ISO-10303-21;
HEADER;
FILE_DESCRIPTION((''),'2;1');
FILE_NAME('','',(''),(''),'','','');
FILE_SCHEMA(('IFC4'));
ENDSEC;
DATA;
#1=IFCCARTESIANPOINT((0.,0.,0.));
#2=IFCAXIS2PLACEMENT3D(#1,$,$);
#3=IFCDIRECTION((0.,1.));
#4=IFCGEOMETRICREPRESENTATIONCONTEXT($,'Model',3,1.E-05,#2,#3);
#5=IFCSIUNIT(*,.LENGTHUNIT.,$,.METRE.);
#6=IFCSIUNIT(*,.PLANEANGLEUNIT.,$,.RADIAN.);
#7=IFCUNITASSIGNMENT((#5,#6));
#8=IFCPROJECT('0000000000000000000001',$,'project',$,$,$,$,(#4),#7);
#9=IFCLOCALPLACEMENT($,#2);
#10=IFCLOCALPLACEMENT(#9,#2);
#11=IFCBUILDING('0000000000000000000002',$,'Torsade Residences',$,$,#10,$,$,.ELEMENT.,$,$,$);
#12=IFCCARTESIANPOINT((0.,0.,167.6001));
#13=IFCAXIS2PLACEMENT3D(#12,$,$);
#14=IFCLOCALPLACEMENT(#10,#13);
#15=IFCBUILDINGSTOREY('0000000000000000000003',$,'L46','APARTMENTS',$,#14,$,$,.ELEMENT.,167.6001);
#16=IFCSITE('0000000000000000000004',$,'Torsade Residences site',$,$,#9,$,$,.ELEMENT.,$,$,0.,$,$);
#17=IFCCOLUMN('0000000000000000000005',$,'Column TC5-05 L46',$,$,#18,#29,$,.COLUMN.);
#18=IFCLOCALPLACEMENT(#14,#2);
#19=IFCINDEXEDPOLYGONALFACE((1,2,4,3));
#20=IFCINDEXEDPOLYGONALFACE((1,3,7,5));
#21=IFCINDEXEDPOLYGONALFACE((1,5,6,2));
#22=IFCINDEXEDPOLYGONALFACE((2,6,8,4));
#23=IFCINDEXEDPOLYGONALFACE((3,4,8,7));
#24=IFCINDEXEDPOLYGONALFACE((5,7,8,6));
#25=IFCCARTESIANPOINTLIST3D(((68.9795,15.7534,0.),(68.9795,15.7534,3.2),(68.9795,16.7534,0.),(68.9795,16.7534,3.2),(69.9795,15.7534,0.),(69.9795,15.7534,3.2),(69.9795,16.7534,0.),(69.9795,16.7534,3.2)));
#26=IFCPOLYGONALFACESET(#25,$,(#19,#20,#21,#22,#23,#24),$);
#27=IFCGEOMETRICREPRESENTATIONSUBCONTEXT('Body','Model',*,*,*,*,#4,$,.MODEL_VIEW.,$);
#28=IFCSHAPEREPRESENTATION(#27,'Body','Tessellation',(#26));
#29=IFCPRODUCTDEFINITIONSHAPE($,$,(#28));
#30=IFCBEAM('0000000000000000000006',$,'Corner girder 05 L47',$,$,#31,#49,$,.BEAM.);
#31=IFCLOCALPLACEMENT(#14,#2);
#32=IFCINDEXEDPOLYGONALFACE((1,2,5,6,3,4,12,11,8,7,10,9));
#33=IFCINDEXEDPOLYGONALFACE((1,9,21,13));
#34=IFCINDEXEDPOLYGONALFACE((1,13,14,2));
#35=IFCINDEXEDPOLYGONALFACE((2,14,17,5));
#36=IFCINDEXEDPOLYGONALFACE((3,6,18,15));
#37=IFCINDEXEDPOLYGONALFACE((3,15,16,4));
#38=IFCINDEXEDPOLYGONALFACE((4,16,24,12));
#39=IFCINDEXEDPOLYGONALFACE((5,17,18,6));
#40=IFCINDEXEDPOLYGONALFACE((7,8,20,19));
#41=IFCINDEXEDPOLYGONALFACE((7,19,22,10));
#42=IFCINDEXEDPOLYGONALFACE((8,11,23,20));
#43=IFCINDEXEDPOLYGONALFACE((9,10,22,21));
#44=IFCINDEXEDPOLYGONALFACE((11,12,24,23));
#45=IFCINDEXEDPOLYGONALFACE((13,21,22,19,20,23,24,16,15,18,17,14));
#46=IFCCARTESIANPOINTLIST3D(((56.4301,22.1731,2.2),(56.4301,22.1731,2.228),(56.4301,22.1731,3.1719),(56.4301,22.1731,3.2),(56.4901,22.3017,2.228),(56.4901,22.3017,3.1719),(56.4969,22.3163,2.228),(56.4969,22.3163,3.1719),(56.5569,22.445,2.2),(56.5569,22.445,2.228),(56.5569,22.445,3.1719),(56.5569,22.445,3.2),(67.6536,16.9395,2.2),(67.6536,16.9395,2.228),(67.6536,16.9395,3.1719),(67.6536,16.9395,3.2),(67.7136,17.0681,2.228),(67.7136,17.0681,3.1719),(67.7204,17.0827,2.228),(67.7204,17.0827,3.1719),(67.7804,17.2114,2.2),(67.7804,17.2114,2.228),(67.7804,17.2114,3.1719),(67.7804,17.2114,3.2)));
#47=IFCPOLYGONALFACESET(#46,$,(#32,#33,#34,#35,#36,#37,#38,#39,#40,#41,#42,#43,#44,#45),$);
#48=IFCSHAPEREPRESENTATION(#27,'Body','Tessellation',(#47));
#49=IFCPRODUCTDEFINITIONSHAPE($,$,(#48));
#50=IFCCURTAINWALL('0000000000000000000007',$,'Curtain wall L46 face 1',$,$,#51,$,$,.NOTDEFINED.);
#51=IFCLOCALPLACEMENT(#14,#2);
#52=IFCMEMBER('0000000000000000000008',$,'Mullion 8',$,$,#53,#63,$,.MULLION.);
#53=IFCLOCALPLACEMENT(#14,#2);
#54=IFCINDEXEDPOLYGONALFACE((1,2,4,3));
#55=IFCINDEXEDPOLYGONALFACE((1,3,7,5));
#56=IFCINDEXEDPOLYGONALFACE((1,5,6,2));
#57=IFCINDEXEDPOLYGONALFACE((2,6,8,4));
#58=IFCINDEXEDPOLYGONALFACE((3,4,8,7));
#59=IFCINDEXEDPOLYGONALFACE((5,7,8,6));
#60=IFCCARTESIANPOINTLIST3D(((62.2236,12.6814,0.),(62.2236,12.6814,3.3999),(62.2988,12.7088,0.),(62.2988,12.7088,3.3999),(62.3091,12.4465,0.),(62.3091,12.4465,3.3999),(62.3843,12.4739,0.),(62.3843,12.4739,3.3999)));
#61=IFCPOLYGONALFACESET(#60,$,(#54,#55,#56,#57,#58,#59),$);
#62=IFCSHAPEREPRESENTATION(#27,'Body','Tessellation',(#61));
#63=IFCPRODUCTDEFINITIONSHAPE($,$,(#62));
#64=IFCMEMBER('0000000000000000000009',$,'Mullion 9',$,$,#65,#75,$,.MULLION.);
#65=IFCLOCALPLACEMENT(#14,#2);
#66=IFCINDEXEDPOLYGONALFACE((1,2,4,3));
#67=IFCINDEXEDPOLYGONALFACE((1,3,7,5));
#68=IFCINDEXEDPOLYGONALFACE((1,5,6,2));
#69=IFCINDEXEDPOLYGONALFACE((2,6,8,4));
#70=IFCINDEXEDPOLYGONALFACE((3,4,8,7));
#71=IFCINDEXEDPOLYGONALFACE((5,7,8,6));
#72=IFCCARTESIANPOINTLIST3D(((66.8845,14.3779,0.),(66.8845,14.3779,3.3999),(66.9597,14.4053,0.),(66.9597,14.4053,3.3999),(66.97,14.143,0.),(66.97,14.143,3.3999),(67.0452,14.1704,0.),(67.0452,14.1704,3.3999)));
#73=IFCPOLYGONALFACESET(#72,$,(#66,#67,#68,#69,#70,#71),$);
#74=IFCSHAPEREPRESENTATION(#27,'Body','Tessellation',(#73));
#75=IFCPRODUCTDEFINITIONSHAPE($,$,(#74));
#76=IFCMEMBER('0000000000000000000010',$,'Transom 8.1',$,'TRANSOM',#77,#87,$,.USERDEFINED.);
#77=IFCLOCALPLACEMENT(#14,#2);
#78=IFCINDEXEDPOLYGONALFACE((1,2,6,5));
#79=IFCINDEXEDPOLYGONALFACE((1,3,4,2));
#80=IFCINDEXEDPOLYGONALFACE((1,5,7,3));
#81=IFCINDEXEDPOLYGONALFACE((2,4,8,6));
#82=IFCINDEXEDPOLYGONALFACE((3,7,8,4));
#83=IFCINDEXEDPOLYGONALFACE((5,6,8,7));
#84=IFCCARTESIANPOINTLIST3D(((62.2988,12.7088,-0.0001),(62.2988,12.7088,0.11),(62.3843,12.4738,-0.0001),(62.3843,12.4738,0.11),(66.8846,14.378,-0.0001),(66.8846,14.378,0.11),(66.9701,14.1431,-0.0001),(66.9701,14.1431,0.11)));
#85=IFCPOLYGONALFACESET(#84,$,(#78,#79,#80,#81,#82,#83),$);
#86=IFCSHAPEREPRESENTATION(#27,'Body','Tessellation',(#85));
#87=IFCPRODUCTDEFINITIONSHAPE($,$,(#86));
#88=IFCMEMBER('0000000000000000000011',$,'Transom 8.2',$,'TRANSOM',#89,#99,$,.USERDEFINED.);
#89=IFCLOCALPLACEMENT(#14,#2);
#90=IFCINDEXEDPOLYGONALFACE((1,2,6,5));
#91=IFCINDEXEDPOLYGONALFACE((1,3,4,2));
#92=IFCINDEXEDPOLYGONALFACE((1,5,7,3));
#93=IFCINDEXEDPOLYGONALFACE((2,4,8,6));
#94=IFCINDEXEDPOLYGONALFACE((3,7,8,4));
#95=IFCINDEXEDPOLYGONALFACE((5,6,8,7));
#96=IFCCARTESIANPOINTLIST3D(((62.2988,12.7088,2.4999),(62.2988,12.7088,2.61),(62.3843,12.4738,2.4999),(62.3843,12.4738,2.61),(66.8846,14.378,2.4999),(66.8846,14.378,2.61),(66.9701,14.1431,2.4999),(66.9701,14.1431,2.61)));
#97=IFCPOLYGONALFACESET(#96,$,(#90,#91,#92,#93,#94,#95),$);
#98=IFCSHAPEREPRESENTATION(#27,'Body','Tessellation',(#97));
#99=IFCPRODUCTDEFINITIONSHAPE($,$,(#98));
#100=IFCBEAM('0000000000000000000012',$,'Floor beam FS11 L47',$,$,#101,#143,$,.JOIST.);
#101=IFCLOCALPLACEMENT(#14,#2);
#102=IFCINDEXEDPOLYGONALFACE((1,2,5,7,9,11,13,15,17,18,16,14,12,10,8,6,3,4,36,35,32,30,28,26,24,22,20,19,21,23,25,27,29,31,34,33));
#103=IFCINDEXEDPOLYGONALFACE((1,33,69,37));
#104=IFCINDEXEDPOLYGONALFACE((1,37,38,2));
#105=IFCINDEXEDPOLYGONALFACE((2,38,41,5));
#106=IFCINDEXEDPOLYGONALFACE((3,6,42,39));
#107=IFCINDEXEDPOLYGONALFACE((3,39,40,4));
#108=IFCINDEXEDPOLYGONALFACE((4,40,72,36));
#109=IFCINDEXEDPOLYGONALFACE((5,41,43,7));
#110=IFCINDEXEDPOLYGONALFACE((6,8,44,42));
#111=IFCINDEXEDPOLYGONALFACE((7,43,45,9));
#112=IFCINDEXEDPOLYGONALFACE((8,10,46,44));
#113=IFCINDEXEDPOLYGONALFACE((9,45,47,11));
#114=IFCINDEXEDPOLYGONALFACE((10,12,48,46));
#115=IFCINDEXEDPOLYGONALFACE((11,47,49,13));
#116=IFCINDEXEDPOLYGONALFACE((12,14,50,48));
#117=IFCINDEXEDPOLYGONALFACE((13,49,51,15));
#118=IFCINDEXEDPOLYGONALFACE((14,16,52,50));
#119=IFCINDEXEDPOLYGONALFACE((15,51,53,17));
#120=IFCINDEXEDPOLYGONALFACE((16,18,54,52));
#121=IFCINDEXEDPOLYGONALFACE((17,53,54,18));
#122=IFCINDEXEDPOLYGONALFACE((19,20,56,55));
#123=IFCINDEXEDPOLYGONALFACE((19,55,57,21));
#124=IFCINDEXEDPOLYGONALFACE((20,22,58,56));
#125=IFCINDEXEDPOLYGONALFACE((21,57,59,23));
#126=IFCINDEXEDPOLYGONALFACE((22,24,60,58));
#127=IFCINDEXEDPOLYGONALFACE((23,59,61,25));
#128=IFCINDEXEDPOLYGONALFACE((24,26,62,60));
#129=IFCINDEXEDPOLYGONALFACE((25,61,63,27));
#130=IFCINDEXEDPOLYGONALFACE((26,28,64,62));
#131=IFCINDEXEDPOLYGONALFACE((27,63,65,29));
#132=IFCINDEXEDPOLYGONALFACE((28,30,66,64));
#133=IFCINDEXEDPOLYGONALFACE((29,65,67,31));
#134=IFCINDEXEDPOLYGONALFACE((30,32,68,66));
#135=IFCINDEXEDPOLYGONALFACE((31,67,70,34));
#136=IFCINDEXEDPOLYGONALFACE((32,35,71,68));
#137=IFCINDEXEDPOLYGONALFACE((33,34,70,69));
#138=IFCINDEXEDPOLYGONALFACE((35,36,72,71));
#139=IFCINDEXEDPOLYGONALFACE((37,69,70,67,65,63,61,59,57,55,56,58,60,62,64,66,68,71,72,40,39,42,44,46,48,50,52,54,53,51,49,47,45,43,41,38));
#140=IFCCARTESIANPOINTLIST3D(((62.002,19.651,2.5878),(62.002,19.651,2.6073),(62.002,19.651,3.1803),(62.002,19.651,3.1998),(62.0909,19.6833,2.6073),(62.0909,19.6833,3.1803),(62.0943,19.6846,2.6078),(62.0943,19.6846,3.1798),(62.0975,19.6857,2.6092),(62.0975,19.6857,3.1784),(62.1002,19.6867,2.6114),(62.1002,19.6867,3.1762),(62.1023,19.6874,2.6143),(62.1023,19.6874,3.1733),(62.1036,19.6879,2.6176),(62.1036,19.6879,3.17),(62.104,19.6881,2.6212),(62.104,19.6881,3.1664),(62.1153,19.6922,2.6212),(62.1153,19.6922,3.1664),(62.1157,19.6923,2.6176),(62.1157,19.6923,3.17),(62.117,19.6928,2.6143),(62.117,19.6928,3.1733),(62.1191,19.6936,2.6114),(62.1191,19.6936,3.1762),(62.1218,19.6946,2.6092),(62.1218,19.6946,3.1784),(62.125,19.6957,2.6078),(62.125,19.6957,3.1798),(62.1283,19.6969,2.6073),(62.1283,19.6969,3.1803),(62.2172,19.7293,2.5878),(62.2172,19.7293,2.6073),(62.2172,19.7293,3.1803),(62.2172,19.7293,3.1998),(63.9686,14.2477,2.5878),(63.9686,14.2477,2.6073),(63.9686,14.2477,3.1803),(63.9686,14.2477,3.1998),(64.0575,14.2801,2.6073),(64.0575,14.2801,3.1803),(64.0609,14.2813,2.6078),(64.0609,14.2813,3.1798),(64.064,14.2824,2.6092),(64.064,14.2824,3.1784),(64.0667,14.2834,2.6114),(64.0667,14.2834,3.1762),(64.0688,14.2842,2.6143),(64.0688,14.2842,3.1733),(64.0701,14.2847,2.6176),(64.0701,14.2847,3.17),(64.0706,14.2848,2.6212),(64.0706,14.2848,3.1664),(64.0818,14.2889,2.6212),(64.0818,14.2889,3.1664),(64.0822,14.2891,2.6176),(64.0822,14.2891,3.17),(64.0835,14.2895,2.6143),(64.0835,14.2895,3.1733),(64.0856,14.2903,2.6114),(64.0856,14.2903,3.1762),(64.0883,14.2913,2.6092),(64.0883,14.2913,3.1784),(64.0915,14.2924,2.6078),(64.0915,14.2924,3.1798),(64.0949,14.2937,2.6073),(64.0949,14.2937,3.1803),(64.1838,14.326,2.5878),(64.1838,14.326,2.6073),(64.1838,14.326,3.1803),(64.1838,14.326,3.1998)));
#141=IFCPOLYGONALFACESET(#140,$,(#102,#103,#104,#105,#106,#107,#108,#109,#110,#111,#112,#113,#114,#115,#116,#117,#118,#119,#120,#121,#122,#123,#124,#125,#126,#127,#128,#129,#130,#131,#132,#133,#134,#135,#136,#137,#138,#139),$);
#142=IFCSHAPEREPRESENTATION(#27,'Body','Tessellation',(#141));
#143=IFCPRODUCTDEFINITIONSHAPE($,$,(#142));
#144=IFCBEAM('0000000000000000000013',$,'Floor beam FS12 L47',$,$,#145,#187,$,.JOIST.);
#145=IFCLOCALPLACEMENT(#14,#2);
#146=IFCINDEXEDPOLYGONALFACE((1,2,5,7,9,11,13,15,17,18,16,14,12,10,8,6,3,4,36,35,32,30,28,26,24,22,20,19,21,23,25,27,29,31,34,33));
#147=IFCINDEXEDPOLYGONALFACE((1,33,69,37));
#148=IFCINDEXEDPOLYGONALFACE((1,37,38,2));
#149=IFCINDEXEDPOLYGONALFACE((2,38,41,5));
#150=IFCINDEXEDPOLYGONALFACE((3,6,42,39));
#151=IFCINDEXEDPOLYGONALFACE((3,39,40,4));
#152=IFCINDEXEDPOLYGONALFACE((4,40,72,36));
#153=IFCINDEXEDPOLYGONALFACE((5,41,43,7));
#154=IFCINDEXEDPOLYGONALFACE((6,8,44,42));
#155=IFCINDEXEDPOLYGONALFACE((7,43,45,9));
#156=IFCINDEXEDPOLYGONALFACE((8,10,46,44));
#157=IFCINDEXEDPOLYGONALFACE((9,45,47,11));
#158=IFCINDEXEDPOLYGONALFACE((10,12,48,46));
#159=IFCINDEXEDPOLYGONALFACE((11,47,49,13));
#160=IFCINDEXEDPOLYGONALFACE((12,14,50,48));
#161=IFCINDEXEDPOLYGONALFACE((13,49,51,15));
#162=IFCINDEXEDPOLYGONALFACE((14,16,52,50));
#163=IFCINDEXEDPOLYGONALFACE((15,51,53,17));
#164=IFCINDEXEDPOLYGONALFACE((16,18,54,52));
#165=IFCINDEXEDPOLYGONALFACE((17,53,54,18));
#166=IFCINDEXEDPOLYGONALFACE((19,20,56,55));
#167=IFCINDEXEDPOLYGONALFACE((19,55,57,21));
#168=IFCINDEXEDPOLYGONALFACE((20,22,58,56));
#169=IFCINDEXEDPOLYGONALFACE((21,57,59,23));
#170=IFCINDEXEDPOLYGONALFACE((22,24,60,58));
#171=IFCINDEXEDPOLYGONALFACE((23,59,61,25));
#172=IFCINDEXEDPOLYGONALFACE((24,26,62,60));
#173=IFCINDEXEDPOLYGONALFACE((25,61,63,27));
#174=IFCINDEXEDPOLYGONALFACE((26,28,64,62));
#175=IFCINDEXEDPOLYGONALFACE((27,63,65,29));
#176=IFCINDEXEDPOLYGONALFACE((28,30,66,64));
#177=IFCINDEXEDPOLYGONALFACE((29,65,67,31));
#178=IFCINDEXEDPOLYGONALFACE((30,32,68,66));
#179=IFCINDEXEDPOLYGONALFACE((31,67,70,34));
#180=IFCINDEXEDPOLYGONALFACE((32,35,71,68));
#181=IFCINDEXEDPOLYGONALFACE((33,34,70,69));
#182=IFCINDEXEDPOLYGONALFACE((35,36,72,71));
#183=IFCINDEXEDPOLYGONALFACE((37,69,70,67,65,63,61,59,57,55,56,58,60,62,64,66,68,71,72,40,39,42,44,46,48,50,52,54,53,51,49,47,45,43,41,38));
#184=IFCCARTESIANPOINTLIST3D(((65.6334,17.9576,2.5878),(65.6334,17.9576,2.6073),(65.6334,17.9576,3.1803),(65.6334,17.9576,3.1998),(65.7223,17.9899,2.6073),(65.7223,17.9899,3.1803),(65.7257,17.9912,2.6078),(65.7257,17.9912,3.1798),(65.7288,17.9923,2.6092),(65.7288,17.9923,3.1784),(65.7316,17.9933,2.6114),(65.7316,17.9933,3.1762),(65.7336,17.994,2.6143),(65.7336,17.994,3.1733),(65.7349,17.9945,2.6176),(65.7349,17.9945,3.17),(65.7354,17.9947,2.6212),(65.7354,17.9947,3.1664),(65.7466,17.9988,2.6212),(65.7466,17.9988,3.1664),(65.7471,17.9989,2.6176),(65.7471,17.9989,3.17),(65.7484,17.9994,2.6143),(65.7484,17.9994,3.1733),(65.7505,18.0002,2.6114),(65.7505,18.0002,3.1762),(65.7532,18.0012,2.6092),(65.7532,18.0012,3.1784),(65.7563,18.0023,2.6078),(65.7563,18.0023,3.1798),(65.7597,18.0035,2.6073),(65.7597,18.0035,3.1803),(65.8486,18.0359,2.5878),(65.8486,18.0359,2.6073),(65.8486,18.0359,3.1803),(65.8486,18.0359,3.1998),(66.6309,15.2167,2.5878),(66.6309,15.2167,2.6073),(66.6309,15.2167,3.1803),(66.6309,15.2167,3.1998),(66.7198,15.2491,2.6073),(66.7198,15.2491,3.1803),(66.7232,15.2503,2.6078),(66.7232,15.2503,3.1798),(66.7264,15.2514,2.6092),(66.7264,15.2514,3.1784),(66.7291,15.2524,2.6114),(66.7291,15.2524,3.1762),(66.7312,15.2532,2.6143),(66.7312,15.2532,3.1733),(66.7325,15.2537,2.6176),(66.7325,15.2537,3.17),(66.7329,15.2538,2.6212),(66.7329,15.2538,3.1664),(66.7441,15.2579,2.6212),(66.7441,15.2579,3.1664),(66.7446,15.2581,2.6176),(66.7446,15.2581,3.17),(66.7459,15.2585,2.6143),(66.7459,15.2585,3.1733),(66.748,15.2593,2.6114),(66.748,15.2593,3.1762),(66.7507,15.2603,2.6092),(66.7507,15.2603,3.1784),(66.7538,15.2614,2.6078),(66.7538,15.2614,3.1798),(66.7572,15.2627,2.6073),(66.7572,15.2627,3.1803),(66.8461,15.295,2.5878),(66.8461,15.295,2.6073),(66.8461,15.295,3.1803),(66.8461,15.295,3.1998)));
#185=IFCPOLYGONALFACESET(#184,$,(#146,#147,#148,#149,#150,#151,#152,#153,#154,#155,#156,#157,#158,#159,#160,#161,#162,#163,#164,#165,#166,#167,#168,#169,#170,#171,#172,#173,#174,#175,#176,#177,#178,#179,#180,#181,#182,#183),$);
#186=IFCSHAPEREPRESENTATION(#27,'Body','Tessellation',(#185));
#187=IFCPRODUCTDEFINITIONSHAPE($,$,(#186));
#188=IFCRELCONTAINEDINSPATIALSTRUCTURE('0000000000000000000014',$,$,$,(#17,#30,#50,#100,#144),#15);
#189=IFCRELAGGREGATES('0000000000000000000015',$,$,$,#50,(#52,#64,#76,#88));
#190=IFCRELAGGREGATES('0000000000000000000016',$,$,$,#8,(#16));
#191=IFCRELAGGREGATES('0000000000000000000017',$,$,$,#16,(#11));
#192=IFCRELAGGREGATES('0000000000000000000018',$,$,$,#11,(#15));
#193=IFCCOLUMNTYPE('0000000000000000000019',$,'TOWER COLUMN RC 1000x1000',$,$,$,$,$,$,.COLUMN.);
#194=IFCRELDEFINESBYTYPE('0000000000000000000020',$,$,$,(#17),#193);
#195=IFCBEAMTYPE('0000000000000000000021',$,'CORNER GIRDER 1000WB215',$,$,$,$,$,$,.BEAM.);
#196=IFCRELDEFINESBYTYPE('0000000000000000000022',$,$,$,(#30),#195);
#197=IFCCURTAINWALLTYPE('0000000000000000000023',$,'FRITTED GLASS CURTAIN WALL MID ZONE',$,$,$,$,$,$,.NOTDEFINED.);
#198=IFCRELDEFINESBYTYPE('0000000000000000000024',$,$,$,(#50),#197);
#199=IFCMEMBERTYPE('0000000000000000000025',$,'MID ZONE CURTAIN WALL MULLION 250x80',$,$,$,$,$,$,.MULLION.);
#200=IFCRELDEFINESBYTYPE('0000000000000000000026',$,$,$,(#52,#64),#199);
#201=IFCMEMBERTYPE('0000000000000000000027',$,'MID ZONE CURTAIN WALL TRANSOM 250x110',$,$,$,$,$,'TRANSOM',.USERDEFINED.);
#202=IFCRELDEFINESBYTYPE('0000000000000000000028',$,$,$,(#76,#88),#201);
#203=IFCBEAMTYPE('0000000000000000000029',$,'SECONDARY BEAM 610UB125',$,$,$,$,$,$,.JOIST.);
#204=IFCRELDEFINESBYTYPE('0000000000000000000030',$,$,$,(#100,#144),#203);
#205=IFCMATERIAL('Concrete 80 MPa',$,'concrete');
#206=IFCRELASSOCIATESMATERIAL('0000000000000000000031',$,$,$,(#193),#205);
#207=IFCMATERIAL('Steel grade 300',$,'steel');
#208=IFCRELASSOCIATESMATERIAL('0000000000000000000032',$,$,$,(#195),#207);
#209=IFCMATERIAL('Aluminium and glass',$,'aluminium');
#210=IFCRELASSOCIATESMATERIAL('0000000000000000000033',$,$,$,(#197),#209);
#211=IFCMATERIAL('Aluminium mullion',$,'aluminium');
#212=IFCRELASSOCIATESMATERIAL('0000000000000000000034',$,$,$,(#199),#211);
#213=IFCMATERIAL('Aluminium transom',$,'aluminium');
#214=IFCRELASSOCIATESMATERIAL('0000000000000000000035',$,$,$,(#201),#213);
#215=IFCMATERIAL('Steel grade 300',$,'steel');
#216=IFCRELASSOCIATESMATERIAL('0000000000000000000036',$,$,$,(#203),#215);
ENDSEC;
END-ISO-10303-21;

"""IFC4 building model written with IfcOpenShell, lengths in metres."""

from ifc_helpers import new_model, si_unit, direction, frame, origin, origin_2d, place, context, subcontext, project, spatial, rectangle, i_section, extrude, material, material_profile, profile_set, type_object, element, aggregate, save


model = new_model("IFC4")

# Units and contexts
model_context = context("Model", 3, precision=1e-05, world=origin(), true_north=direction((0.0, 1.0)))
body_context = subcontext(model_context, "Body", "Model", "MODEL_VIEW")
ifc_project = project(units=[si_unit("LENGTHUNIT", "METRE"), si_unit("PLANEANGLEUNIT", "RADIAN")], contexts=[model_context])

# Site, building, storey
site_placement = place(None, origin())
site = spatial("IfcSite", under=ifc_project, at=site_placement, Name="Torsade Residences site", CompositionType="ELEMENT", RefElevation=0.0)
building_placement = place(site_placement, origin())
building = spatial("IfcBuilding", under=site, at=building_placement, Name="Torsade Residences", CompositionType="ELEMENT")
storey_placement = place(building_placement, frame((0.0, 0.0, 167.6001)))
storey = spatial("IfcBuildingStorey", under=building, at=storey_placement, Name="L46", Description="APARTMENTS", CompositionType="ELEMENT", Elevation=167.6001)

# Column
ifc_material_1 = material(Name="Concrete 80 MPa", Category="concrete")
ifc_material_profile_1 = material_profile(ifc_material_1, rectangle(XDim=1.0, YDim=1.0, at=origin_2d()), Name="RC 1000x1000")
ifc_profile_set_1 = profile_set([ifc_material_profile_1], Name="Concrete 80 MPa")
column_type = type_object("IfcColumnType", Name="TOWER COLUMN RC 1000x1000", PredefinedType="COLUMN", material=ifc_profile_set_1)
column_placement = place(storey_placement, frame((69.4795, 16.2534, 0.0), z_axis=(0.0, 0.0, 1.0), x_axis=(1.0, 0.0, 0.0)))
element("IfcColumn", 1, at=column_placement, inside=storey, type_object=column_type, Name="Column TC5-05 L46", PredefinedType="COLUMN", context=body_context, shape_type="SweptSolid", body=[
    extrude(rectangle(XDim=1.0, YDim=1.0, at=origin_2d()), origin(), (0.0, 0.0, 1.0), 3.2),
])

# Beam
ifc_material_2 = material(Name="Steel grade 300", Category="steel")
ifc_material_profile_2 = material_profile(ifc_material_2, i_section(OverallWidth=0.3, OverallDepth=1.0, WebThickness=0.0161, FlangeThickness=0.0281, at=origin_2d()), Name="1000WB215")
ifc_profile_set_2 = profile_set([ifc_material_profile_2], Name="Steel grade 300")
beam_type_1 = type_object("IfcBeamType", Name="CORNER GIRDER 1000WB215", PredefinedType="BEAM", material=ifc_profile_set_2)
beam_1_placement = place(storey_placement, frame((67.717, 17.0754, 2.7), z_axis=(-0.906309, 0.422617, 0.0), x_axis=(-0.422617, -0.906309, 0.0)))
element("IfcBeam", 2, at=beam_1_placement, inside=storey, type_object=beam_type_1, Name="Corner girder 05 L47", PredefinedType="BEAM", context=body_context, shape_type="SweptSolid", body=[
    extrude(i_section(OverallWidth=0.3, OverallDepth=1.0, WebThickness=0.0161, FlangeThickness=0.0281, at=origin_2d()), origin(), (0.0, 0.0, 1.0), 12.3838),
])

# Curtain wall, members
ifc_material_3 = material(Name="Aluminium and glass", Category="aluminium")
curtain_wall_type = type_object("IfcCurtainWallType", Name="FRITTED GLASS CURTAIN WALL MID ZONE", PredefinedType="NOTDEFINED", material=ifc_material_3)
curtain_wall_placement = place(storey_placement, origin())
curtain_wall = element("IfcCurtainWall", 3, at=curtain_wall_placement, inside=storey, type_object=curtain_wall_type, Name="Curtain wall L46 face 1", PredefinedType="NOTDEFINED")
ifc_material_4 = material(Name="Aluminium mullion", Category="aluminium")
ifc_material_profile_3 = material_profile(ifc_material_4, rectangle(XDim=0.25, YDim=0.0801, at=origin_2d()), Name="MID ZONE CURTAIN WALL MULLION 250x80")
ifc_profile_set_3 = profile_set([ifc_material_profile_3], Name="Aluminium mullion")
member_type_1 = type_object("IfcMemberType", Name="MID ZONE CURTAIN WALL MULLION 250x80", PredefinedType="MULLION", material=ifc_profile_set_3)
member_1_placement = place(storey_placement, frame((62.304, 12.5776, 0.0), z_axis=(0.0, 0.0, 1.0), x_axis=(-0.34202, 0.939693, 0.0)))
member_1 = element("IfcMember", 4, at=member_1_placement, type_object=member_type_1, Name="Mullion 8", PredefinedType="MULLION", context=body_context, shape_type="SweptSolid", body=[
    extrude(rectangle(XDim=0.25, YDim=0.0801, at=origin_2d()), origin(), (0.0, 0.0, 1.0), 3.3999),
])
member_2_placement = place(storey_placement, frame((66.9648, 14.2742, 0.0), z_axis=(0.0, 0.0, 1.0), x_axis=(-0.34202, 0.939693, 0.0)))
member_2 = element("IfcMember", 5, at=member_2_placement, type_object=member_type_1, Name="Mullion 9", PredefinedType="MULLION", context=body_context, shape_type="SweptSolid", body=[
    extrude(rectangle(XDim=0.25, YDim=0.0801, at=origin_2d()), origin(), (0.0, 0.0, 1.0), 3.3999),
])
ifc_material_5 = material(Name="Aluminium transom", Category="aluminium")
ifc_material_profile_4 = material_profile(ifc_material_5, rectangle(XDim=0.25, YDim=0.1101, at=origin_2d()), Name="MID ZONE CURTAIN WALL TRANSOM 250x110")
ifc_profile_set_4 = profile_set([ifc_material_profile_4], Name="Aluminium transom")
member_type_2 = type_object("IfcMemberType", Name="MID ZONE CURTAIN WALL TRANSOM 250x110", ElementType="TRANSOM", PredefinedType="USERDEFINED", material=ifc_profile_set_4)
member_3_placement = place(storey_placement, frame((62.3416, 12.5913, 0.0549), z_axis=(0.939684, 0.342044, 0.0), x_axis=(-0.342044, 0.939684, 0.0)))
member_3 = element("IfcMember", 6, at=member_3_placement, type_object=member_type_2, Name="Transom 8.1", ObjectType="TRANSOM", PredefinedType="USERDEFINED", context=body_context, shape_type="SweptSolid", body=[
    extrude(rectangle(XDim=0.25, YDim=0.1101, at=origin_2d()), origin(), (0.0, 0.0, 1.0), 4.8801),
])
member_4_placement = place(storey_placement, frame((62.3416, 12.5913, 2.5549), z_axis=(0.939684, 0.342044, 0.0), x_axis=(-0.342044, 0.939684, 0.0)))
member_4 = element("IfcMember", 7, at=member_4_placement, type_object=member_type_2, Name="Transom 8.2", ObjectType="TRANSOM", PredefinedType="USERDEFINED", context=body_context, shape_type="SweptSolid", body=[
    extrude(rectangle(XDim=0.25, YDim=0.1101, at=origin_2d()), origin(), (0.0, 0.0, 1.0), 4.8801),
])

# Beams
ifc_material_6 = material(Name="Steel grade 300", Category="steel")
ifc_material_profile_5 = material_profile(ifc_material_6, i_section(OverallWidth=0.229, OverallDepth=0.6121, WebThickness=0.012, FlangeThickness=0.0195, FilletRadius=0.0139, at=origin_2d()), Name="610UB125")
ifc_profile_set_5 = profile_set([ifc_material_profile_5], Name="Steel grade 300")
beam_type_2 = type_object("IfcBeamType", Name="SECONDARY BEAM 610UB125", PredefinedType="JOIST", material=ifc_profile_set_5)
beam_2_placement = place(storey_placement, frame((64.0762, 14.2869, 2.8938), z_axis=(-0.342006, 0.939698, 0.0), x_axis=(-0.939698, -0.342006, 0.0)))
element("IfcBeam", 8, at=beam_2_placement, inside=storey, type_object=beam_type_2, Name="Floor beam FS11 L47", PredefinedType="JOIST", context=body_context, shape_type="SweptSolid", body=[
    extrude(i_section(OverallWidth=0.229, OverallDepth=0.6121, WebThickness=0.012, FlangeThickness=0.0195, FilletRadius=0.0139, at=origin_2d()), origin(), (0.0, 0.0, 1.0), 5.75),
])
beam_3_placement = place(storey_placement, frame((66.7385, 15.2559, 2.8938), z_axis=(-0.341998, 0.939701, 0.0), x_axis=(-0.939701, -0.341998, 0.0)))
element("IfcBeam", 9, at=beam_3_placement, inside=storey, type_object=beam_type_2, Name="Floor beam FS12 L47", PredefinedType="JOIST", context=body_context, shape_type="SweptSolid", body=[
    extrude(i_section(OverallWidth=0.229, OverallDepth=0.6121, WebThickness=0.012, FlangeThickness=0.0195, FilletRadius=0.0139, at=origin_2d()), origin(), (0.0, 0.0, 1.0), 2.9167),
])

aggregate(curtain_wall, [member_1, member_2, member_3, member_4])

save(model, "model.ifc")
